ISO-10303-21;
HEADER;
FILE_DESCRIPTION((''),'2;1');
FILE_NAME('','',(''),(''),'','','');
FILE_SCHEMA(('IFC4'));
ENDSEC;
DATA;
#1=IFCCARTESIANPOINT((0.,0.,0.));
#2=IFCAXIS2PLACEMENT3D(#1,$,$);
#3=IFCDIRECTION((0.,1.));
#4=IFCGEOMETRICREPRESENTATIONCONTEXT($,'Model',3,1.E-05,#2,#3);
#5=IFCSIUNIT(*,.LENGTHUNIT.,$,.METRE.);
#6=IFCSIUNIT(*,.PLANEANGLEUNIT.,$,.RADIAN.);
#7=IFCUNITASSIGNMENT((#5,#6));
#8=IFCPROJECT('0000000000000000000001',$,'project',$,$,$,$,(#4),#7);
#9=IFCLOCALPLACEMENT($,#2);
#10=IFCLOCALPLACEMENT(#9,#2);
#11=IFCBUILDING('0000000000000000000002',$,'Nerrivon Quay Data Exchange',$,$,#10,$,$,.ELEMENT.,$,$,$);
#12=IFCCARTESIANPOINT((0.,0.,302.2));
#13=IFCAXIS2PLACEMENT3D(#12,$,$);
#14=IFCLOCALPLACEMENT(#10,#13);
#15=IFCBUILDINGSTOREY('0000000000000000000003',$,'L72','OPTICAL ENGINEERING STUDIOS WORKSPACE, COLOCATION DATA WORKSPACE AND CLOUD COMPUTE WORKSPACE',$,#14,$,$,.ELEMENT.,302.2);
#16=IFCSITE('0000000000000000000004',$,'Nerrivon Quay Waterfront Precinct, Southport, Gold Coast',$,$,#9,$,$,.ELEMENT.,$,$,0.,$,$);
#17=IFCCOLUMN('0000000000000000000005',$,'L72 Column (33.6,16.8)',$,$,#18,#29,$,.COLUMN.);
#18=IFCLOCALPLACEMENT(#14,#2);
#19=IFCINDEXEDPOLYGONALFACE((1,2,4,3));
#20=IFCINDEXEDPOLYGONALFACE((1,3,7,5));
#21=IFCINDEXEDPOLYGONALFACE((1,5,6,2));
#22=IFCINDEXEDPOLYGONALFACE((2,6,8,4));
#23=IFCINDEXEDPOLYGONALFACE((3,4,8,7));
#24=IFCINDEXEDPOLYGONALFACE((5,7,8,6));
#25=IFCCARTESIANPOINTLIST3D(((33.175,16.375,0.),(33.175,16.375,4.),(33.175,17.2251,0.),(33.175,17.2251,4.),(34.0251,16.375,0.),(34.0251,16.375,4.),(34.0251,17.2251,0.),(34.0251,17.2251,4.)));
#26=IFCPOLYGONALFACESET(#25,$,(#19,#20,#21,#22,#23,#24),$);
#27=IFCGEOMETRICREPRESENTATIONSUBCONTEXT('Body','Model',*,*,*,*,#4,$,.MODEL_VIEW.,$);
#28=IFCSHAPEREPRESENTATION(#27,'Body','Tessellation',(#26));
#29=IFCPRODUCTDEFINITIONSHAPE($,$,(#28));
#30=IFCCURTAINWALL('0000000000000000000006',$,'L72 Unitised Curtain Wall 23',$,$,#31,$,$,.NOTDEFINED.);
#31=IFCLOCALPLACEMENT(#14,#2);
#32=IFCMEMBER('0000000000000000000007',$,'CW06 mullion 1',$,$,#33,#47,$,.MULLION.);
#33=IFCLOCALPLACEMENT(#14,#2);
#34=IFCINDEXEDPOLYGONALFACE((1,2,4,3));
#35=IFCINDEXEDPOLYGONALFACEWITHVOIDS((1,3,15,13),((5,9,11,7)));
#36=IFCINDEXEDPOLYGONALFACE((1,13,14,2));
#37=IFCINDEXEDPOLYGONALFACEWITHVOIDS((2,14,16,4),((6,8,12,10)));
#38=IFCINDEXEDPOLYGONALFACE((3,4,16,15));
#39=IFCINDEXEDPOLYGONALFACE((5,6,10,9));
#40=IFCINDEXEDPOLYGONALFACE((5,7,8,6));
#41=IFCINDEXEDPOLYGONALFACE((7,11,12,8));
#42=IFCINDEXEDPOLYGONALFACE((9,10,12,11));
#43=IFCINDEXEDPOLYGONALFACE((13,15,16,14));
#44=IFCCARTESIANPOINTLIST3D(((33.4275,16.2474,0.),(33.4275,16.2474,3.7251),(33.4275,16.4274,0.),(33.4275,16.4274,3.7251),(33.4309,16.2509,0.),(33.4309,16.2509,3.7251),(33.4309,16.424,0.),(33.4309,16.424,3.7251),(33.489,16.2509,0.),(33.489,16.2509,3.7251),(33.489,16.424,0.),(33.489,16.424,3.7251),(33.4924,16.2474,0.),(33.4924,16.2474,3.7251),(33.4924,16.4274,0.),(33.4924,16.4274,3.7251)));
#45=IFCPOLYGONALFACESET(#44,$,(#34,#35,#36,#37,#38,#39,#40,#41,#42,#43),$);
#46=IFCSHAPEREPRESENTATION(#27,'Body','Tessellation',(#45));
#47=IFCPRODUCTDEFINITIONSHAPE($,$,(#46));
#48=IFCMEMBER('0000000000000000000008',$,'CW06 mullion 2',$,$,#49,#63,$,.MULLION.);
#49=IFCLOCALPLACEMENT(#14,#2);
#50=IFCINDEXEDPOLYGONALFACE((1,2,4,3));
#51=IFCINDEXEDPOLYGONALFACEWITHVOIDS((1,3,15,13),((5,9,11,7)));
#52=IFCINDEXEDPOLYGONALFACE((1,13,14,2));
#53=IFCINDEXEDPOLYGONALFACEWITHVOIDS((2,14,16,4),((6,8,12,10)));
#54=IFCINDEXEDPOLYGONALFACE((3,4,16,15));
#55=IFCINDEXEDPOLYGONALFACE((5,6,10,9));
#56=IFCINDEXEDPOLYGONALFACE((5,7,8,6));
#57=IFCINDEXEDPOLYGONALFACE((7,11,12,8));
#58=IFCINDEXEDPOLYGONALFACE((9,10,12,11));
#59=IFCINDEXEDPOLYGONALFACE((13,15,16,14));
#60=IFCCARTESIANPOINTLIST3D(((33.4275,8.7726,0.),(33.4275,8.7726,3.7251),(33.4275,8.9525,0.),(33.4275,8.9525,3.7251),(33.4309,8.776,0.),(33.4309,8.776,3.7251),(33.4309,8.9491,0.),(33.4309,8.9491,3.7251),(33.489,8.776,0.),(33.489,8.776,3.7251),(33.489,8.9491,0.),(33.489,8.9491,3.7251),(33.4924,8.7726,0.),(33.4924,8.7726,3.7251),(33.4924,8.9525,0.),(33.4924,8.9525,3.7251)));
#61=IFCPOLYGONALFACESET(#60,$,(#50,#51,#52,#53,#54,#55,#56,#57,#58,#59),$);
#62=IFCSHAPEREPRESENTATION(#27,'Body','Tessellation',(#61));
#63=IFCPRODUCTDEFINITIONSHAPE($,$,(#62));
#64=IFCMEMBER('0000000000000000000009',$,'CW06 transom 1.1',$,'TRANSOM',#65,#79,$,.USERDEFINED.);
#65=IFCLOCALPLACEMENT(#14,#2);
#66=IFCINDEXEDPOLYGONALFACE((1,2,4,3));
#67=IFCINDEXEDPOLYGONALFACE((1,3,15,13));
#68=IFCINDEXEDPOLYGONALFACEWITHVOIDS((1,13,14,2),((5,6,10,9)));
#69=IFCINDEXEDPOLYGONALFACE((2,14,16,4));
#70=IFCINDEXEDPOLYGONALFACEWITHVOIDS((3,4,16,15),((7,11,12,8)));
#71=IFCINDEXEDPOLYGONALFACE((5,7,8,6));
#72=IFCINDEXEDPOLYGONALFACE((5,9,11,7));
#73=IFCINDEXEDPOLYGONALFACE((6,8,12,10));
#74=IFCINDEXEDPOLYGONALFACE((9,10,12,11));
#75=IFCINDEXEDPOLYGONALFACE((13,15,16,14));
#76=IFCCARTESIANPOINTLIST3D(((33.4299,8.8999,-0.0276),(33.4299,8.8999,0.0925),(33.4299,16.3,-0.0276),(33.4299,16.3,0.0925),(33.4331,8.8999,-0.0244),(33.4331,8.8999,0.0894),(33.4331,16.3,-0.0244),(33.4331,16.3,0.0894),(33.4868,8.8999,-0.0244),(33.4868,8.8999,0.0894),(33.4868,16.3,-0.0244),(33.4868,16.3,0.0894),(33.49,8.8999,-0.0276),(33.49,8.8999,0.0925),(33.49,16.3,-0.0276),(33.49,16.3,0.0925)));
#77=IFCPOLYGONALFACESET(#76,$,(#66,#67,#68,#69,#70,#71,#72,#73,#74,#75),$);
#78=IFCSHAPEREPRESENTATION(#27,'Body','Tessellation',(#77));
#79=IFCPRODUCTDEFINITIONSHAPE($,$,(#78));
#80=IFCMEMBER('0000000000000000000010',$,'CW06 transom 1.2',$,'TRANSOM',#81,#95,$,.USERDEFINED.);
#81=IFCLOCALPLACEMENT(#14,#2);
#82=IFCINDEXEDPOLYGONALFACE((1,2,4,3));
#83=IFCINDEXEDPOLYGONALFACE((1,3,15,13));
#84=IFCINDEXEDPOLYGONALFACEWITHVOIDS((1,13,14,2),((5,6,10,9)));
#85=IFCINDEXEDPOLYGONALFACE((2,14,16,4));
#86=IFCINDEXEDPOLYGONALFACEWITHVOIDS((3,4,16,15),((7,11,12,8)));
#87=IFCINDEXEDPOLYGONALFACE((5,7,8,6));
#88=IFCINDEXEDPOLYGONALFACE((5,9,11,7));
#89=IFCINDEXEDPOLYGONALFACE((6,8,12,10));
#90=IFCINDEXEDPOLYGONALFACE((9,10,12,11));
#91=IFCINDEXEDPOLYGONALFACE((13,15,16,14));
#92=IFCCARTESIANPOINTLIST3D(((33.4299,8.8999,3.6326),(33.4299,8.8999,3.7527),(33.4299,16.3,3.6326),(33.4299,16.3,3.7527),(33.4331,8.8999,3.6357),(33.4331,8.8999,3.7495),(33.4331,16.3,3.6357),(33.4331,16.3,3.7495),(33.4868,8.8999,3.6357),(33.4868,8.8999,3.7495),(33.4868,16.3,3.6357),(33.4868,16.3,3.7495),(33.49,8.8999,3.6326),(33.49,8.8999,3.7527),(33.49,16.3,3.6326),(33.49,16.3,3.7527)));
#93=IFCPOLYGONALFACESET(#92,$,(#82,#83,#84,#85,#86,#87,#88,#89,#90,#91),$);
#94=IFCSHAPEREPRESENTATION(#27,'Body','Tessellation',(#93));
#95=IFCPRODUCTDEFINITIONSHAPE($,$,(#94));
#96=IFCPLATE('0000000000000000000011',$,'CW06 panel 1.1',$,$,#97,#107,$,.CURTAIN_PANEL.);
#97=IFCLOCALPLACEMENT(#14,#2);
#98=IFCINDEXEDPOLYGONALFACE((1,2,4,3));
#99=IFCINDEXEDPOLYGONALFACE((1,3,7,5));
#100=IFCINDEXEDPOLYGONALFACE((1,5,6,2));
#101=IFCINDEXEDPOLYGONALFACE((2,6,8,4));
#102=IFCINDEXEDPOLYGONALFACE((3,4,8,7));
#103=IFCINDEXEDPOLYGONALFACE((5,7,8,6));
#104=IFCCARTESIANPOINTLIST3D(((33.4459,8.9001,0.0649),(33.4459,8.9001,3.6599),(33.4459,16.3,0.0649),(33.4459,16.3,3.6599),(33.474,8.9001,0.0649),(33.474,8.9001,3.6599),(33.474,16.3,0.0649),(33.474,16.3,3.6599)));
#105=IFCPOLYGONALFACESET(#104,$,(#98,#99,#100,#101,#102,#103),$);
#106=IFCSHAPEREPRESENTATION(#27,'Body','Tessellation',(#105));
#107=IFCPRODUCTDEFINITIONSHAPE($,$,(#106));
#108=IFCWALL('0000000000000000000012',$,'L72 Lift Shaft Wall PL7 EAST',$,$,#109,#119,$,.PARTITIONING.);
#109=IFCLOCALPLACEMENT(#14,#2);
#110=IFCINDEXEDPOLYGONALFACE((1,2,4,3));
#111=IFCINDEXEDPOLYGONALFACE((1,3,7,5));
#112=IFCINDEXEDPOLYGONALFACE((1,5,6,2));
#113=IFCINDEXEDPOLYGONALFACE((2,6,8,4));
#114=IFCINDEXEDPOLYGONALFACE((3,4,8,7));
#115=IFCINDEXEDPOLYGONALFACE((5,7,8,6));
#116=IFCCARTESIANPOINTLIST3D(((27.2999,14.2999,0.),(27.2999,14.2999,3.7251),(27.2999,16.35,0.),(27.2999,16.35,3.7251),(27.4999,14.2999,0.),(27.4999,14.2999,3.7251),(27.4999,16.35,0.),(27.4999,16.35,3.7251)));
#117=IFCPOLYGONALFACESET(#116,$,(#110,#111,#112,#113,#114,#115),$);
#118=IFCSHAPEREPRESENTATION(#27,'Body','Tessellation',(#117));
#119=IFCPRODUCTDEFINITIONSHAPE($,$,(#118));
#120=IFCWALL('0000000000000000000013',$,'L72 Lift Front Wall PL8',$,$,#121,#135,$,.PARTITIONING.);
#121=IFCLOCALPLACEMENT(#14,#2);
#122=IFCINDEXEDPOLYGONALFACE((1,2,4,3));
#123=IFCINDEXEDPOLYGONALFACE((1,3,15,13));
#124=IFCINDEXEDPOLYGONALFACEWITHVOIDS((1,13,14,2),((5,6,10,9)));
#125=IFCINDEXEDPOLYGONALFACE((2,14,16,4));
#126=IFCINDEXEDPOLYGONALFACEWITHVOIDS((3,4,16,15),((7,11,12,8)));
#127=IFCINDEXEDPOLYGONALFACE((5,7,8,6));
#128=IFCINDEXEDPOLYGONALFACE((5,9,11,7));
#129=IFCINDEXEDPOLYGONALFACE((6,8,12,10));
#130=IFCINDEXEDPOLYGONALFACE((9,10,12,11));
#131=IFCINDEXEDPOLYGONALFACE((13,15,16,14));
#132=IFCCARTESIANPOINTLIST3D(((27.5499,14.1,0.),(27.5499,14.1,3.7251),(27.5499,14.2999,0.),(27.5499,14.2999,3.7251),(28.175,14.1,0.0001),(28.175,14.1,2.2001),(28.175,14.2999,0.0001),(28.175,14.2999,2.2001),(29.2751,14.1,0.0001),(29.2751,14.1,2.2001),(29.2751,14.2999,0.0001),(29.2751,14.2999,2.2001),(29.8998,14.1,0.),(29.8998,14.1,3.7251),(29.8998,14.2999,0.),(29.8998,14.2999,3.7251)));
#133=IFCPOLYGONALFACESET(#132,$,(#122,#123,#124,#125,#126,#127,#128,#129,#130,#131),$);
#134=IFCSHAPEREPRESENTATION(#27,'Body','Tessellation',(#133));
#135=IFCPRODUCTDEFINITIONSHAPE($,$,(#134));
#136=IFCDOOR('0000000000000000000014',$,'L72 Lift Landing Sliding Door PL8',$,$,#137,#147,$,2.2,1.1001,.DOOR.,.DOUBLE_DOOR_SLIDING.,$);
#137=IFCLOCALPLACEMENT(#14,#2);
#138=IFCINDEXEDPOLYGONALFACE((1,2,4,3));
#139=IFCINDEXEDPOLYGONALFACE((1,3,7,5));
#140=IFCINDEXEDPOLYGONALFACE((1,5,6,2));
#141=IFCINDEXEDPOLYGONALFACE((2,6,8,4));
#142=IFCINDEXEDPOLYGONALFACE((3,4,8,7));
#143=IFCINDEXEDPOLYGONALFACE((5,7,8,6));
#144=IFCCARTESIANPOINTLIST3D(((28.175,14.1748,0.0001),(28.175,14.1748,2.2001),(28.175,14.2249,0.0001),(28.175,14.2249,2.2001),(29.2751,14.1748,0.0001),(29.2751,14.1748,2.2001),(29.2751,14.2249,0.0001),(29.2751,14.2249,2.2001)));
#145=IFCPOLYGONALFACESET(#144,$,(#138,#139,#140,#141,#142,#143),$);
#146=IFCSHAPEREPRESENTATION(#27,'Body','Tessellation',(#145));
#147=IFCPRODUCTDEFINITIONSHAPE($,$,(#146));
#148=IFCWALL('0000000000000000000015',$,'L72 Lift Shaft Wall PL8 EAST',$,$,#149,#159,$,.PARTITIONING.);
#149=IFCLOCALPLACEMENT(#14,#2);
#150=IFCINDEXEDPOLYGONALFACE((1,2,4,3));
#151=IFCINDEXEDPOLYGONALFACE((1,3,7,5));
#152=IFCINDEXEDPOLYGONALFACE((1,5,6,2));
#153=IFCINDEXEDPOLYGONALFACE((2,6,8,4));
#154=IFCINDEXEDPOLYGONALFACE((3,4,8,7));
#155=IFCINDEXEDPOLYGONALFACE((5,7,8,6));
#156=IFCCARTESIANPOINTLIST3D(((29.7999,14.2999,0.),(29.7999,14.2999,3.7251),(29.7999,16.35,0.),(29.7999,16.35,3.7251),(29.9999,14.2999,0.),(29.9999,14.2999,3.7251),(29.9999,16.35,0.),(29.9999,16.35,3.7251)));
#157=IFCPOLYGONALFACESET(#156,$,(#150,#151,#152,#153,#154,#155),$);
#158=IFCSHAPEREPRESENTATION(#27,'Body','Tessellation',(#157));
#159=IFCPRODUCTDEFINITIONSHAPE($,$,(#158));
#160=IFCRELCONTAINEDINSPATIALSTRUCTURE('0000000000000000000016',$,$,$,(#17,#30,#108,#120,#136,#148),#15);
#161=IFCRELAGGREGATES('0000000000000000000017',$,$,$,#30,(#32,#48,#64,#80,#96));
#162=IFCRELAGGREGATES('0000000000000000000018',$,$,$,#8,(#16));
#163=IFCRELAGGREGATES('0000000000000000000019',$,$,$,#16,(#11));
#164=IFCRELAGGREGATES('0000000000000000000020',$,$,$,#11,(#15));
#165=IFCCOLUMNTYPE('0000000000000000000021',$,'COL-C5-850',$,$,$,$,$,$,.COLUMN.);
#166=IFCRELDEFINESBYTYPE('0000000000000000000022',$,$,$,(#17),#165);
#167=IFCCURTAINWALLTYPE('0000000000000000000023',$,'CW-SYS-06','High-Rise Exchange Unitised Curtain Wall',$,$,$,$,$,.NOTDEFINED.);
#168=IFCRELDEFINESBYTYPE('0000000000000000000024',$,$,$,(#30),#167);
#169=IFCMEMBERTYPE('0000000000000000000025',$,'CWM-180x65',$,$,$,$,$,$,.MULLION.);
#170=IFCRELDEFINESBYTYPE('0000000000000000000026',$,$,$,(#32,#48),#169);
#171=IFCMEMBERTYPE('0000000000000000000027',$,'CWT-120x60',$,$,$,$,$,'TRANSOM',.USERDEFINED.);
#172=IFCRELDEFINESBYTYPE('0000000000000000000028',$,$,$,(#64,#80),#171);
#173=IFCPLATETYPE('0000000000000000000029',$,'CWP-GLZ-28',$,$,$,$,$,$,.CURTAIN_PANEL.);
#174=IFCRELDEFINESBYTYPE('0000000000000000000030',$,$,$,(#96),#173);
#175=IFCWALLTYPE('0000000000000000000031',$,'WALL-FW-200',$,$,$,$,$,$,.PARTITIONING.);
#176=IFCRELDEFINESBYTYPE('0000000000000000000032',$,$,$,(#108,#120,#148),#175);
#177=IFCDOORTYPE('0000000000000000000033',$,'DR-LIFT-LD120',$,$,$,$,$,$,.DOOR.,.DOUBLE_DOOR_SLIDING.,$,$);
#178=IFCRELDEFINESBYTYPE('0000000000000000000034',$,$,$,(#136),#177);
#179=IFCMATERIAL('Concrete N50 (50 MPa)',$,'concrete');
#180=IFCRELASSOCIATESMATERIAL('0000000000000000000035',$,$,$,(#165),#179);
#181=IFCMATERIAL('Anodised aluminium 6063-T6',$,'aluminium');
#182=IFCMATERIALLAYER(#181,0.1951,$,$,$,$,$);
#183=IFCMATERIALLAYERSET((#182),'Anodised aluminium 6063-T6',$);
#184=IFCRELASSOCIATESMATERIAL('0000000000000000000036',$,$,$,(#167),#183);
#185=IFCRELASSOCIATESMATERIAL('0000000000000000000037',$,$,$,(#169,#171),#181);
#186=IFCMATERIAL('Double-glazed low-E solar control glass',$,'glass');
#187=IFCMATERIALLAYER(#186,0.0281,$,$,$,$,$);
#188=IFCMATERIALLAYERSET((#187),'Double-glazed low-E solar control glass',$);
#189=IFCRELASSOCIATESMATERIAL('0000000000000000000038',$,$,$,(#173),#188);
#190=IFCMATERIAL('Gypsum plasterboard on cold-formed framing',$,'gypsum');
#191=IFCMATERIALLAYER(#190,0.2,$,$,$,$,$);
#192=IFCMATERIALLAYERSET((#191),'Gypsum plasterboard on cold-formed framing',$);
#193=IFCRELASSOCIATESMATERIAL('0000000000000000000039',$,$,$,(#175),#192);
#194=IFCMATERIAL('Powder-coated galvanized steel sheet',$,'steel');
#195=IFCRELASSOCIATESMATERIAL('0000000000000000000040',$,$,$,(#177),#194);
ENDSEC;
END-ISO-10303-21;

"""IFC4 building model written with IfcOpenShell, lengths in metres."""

from ifc_helpers import new_model, si_unit, direction, frame, frame_2d, origin, origin_2d, place, context, subcontext, project, spatial, rectangle, hollow_rectangle, extrude, material, layer, layer_set, material_profile, profile_set, type_object, element, fill, aggregate, save


model = new_model("IFC4")

# Units and contexts
model_context = context("Model", 3, precision=1e-05, world=origin(), true_north=direction((0.0, 1.0)))
body_context = subcontext(model_context, "Body", "Model", "MODEL_VIEW")
ifc_project = project(units=[si_unit("LENGTHUNIT", "METRE"), si_unit("PLANEANGLEUNIT", "RADIAN")], contexts=[model_context])

# Site, building, storey
site_placement = place(None, origin())
site = spatial("IfcSite", under=ifc_project, at=site_placement, Name="Nerrivon Quay Waterfront Precinct, Southport, Gold Coast", CompositionType="ELEMENT", RefElevation=0.0)
building_placement = place(site_placement, origin())
building = spatial("IfcBuilding", under=site, at=building_placement, Name="Nerrivon Quay Data Exchange", CompositionType="ELEMENT")
storey_placement = place(building_placement, frame((0.0, 0.0, 302.2)))
storey = spatial("IfcBuildingStorey", under=building, at=storey_placement, Name="L72", Description="OPTICAL ENGINEERING STUDIOS WORKSPACE, COLOCATION DATA WORKSPACE AND CLOUD COMPUTE WORKSPACE", CompositionType="ELEMENT", Elevation=302.2)

# Column
ifc_material_1 = material(Name="Concrete N50 (50 MPa)", Category="concrete")
ifc_material_profile_1 = material_profile(ifc_material_1, rectangle(XDim=0.8501, YDim=0.8501, at=origin_2d()), Name="RC-COL-850x850")
ifc_profile_set_1 = profile_set([ifc_material_profile_1], Name="Concrete N50 (50 MPa)")
column_type = type_object("IfcColumnType", Name="COL-C5-850", PredefinedType="COLUMN", material=ifc_profile_set_1)
column_placement = place(storey_placement, frame((33.6001, 16.8, 0.0), z_axis=(0.0, 0.0, 1.0), x_axis=(1.0, 0.0, 0.0)))
element("IfcColumn", 1, at=column_placement, inside=storey, type_object=column_type, Name="L72 Column (33.6,16.8)", PredefinedType="COLUMN", context=body_context, shape_type="SweptSolid", body=[
    extrude(rectangle(XDim=0.8501, YDim=0.8501, at=origin_2d()), origin(), (0.0, 0.0, 1.0), 4.0),
])

# Curtain wall, members, plate
ifc_material_2 = material(Name="Anodised aluminium 6063-T6", Category="aluminium")
ifc_layer_1 = layer(ifc_material_2, 0.1951)
ifc_layer_set_1 = layer_set([ifc_layer_1], Name="Anodised aluminium 6063-T6")
curtain_wall_type = type_object("IfcCurtainWallType", Name="CW-SYS-06", Description="High-Rise Exchange Unitised Curtain Wall", PredefinedType="NOTDEFINED", material=ifc_layer_set_1)
curtain_wall_placement = place(storey_placement, origin())
curtain_wall = element("IfcCurtainWall", 2, at=curtain_wall_placement, inside=storey, type_object=curtain_wall_type, Name="L72 Unitised Curtain Wall 23", PredefinedType="NOTDEFINED")
ifc_material_profile_2 = material_profile(ifc_material_2, hollow_rectangle(XDim=0.0649, YDim=0.1799, WallThickness=0.0034, at=origin_2d()), Name="ALU-MULL-180x65")
ifc_profile_set_2 = profile_set([ifc_material_profile_2], Name="Anodised aluminium 6063-T6")
member_type_1 = type_object("IfcMemberType", Name="CWM-180x65", PredefinedType="MULLION", material=ifc_profile_set_2)
member_1_placement = place(storey_placement, frame((33.46, 16.3374, 0.0), z_axis=(0.0, 0.0, 1.0), x_axis=(1.0, 0.0, 0.0)))
member_1 = element("IfcMember", 3, at=member_1_placement, type_object=member_type_1, Name="CW06 mullion 1", PredefinedType="MULLION", context=body_context, shape_type="SweptSolid", body=[
    extrude(hollow_rectangle(XDim=0.0649, YDim=0.1799, WallThickness=0.0034, at=origin_2d()), origin(), (0.0, 0.0, 1.0), 3.7251),
])
member_2_placement = place(storey_placement, frame((33.46, 8.8625, 0.0), z_axis=(0.0, 0.0, 1.0), x_axis=(1.0, 0.0, 0.0)))
member_2 = element("IfcMember", 4, at=member_2_placement, type_object=member_type_1, Name="CW06 mullion 2", PredefinedType="MULLION", context=body_context, shape_type="SweptSolid", body=[
    extrude(hollow_rectangle(XDim=0.0649, YDim=0.1799, WallThickness=0.0034, at=origin_2d()), origin(), (0.0, 0.0, 1.0), 3.7251),
])
ifc_material_profile_3 = material_profile(ifc_material_2, hollow_rectangle(XDim=0.0601, YDim=0.1201, WallThickness=0.0032, at=origin_2d()), Name="ALU-TRAN-120x60")
ifc_profile_set_3 = profile_set([ifc_material_profile_3], Name="Anodised aluminium 6063-T6")
member_type_2 = type_object("IfcMemberType", Name="CWT-120x60", ElementType="TRANSOM", PredefinedType="USERDEFINED", material=ifc_profile_set_3)
member_3_placement = place(storey_placement, frame((33.46, 16.3, 0.0325), z_axis=(0.0, -1.0, 0.0), x_axis=(1.0, 0.0, 0.0)))
member_3 = element("IfcMember", 5, at=member_3_placement, type_object=member_type_2, Name="CW06 transom 1.1", ObjectType="TRANSOM", PredefinedType="USERDEFINED", context=body_context, shape_type="SweptSolid", body=[
    extrude(hollow_rectangle(XDim=0.0601, YDim=0.1201, WallThickness=0.0032, at=origin_2d()), origin(), (0.0, 0.0, 1.0), 7.4001),
])
member_4_placement = place(storey_placement, frame((33.46, 16.3, 3.6926), z_axis=(0.0, -1.0, 0.0), x_axis=(1.0, 0.0, 0.0)))
member_4 = element("IfcMember", 6, at=member_4_placement, type_object=member_type_2, Name="CW06 transom 1.2", ObjectType="TRANSOM", PredefinedType="USERDEFINED", context=body_context, shape_type="SweptSolid", body=[
    extrude(hollow_rectangle(XDim=0.0601, YDim=0.1201, WallThickness=0.0032, at=origin_2d()), origin(), (0.0, 0.0, 1.0), 7.4001),
])
ifc_material_3 = material(Name="Double-glazed low-E solar control glass", Category="glass")
ifc_layer_2 = layer(ifc_material_3, 0.0281)
ifc_layer_set_2 = layer_set([ifc_layer_2], Name="Double-glazed low-E solar control glass")
plate_type = type_object("IfcPlateType", Name="CWP-GLZ-28", PredefinedType="CURTAIN_PANEL", material=ifc_layer_set_2)
plate_placement = place(storey_placement, frame((33.46, 12.6001, 0.0649), z_axis=(0.0, 0.0, 1.0), x_axis=(0.0, -1.0, 0.0)))
plate = element("IfcPlate", 7, at=plate_placement, type_object=plate_type, Name="CW06 panel 1.1", PredefinedType="CURTAIN_PANEL", context=body_context, shape_type="SweptSolid", body=[
    extrude(rectangle(XDim=7.3999, YDim=0.0281, at=origin_2d()), origin(), (0.0, 0.0, 1.0), 3.595),
])
aggregate(curtain_wall, [member_1, member_2, member_3, member_4, plate])

# Wall
ifc_material_4 = material(Name="Gypsum plasterboard on cold-formed framing", Category="gypsum")
ifc_layer_3 = layer(ifc_material_4, 0.2)
ifc_layer_set_3 = layer_set([ifc_layer_3], Name="Gypsum plasterboard on cold-formed framing")
wall_type_1 = type_object("IfcWallType", Name="WALL-FW-200", PredefinedType="PARTITIONING", material=ifc_layer_set_3)
wall_1_placement = place(storey_placement, frame((27.3999, 14.3, 0.0), z_axis=(0.0, 0.0, 1.0), x_axis=(0.0, 1.0, 0.0)))
element("IfcWall", 8, at=wall_1_placement, inside=storey, type_object=wall_type_1, Name="L72 Lift Shaft Wall PL7 EAST", PredefinedType="PARTITIONING", context=body_context, shape_type="SweptSolid", body=[
    extrude(rectangle(XDim=2.05, YDim=0.2, at=frame_2d((1.0249, 0.0))), origin(), (0.0, 0.0, 1.0), 3.7251),
])

# Wall, opening, door
wall_2_placement = place(storey_placement, frame((27.55, 14.2, 0.0), z_axis=(0.0, 0.0, 1.0), x_axis=(1.0, 0.0, 0.0)))
wall_2 = element("IfcWall", 9, at=wall_2_placement, inside=storey, type_object=wall_type_1, Name="L72 Lift Front Wall PL8", PredefinedType="PARTITIONING", context=body_context, shape_type="SweptSolid", body=[
    extrude(rectangle(XDim=2.3499, YDim=0.2, at=frame_2d((1.1748, 0.0))), origin(), (0.0, 0.0, 1.0), 3.7251),
])
opening_1_placement = place(wall_2_placement, frame((0.625, 0.0, 0.0)))
opening_1 = element("IfcOpeningElement", 10, at=opening_1_placement, cuts=wall_2, PredefinedType="OPENING", context=body_context, shape_type="SweptSolid", body=[
    extrude(rectangle(XDim=1.1001, YDim=2.2, at=frame_2d((0.55, 1.1001))), frame((0.0, 0.1099, 0.0), z_axis=(0.0, -1.0, 0.0), x_axis=(1.0, 0.0, 0.0)), (0.0, 0.0, 1.0), 0.22),
])
ifc_material_5 = material(Name="Powder-coated galvanized steel sheet", Category="steel")
door_type_1 = type_object("IfcDoorType", Name="DR-LIFT-LD120", OperationType="DOUBLE_DOOR_SLIDING", PredefinedType="DOOR", material=ifc_material_5)
door_1_placement = place(opening_1_placement, origin())
door_1 = element("IfcDoor", 11, at=door_1_placement, inside=storey, type_object=door_type_1, Name="L72 Lift Landing Sliding Door PL8", OperationType="DOUBLE_DOOR_SLIDING", OverallHeight=2.2, OverallWidth=1.1001, PredefinedType="DOOR", context=body_context, shape_type="SweptSolid", body=[
    extrude(rectangle(XDim=1.1001, YDim=2.2, at=frame_2d((0.55, 1.1001))), frame((0.0, 0.0249, 0.0), z_axis=(0.0, -1.0, 0.0), x_axis=(1.0, 0.0, 0.0)), (0.0, 0.0, 1.0), 0.05),
])
fill(opening_1, door_1)

# Wall
wall_3_placement = place(storey_placement, frame((29.8999, 14.3, 0.0), z_axis=(0.0, 0.0, 1.0), x_axis=(0.0, 1.0, 0.0)))
element("IfcWall", 12, at=wall_3_placement, inside=storey, type_object=wall_type_1, Name="L72 Lift Shaft Wall PL8 EAST", PredefinedType="PARTITIONING", context=body_context, shape_type="SweptSolid", body=[
    extrude(rectangle(XDim=2.05, YDim=0.2, at=frame_2d((1.0249, 0.0))), origin(), (0.0, 0.0, 1.0), 3.7251),
])

save(model, "model.ifc")
